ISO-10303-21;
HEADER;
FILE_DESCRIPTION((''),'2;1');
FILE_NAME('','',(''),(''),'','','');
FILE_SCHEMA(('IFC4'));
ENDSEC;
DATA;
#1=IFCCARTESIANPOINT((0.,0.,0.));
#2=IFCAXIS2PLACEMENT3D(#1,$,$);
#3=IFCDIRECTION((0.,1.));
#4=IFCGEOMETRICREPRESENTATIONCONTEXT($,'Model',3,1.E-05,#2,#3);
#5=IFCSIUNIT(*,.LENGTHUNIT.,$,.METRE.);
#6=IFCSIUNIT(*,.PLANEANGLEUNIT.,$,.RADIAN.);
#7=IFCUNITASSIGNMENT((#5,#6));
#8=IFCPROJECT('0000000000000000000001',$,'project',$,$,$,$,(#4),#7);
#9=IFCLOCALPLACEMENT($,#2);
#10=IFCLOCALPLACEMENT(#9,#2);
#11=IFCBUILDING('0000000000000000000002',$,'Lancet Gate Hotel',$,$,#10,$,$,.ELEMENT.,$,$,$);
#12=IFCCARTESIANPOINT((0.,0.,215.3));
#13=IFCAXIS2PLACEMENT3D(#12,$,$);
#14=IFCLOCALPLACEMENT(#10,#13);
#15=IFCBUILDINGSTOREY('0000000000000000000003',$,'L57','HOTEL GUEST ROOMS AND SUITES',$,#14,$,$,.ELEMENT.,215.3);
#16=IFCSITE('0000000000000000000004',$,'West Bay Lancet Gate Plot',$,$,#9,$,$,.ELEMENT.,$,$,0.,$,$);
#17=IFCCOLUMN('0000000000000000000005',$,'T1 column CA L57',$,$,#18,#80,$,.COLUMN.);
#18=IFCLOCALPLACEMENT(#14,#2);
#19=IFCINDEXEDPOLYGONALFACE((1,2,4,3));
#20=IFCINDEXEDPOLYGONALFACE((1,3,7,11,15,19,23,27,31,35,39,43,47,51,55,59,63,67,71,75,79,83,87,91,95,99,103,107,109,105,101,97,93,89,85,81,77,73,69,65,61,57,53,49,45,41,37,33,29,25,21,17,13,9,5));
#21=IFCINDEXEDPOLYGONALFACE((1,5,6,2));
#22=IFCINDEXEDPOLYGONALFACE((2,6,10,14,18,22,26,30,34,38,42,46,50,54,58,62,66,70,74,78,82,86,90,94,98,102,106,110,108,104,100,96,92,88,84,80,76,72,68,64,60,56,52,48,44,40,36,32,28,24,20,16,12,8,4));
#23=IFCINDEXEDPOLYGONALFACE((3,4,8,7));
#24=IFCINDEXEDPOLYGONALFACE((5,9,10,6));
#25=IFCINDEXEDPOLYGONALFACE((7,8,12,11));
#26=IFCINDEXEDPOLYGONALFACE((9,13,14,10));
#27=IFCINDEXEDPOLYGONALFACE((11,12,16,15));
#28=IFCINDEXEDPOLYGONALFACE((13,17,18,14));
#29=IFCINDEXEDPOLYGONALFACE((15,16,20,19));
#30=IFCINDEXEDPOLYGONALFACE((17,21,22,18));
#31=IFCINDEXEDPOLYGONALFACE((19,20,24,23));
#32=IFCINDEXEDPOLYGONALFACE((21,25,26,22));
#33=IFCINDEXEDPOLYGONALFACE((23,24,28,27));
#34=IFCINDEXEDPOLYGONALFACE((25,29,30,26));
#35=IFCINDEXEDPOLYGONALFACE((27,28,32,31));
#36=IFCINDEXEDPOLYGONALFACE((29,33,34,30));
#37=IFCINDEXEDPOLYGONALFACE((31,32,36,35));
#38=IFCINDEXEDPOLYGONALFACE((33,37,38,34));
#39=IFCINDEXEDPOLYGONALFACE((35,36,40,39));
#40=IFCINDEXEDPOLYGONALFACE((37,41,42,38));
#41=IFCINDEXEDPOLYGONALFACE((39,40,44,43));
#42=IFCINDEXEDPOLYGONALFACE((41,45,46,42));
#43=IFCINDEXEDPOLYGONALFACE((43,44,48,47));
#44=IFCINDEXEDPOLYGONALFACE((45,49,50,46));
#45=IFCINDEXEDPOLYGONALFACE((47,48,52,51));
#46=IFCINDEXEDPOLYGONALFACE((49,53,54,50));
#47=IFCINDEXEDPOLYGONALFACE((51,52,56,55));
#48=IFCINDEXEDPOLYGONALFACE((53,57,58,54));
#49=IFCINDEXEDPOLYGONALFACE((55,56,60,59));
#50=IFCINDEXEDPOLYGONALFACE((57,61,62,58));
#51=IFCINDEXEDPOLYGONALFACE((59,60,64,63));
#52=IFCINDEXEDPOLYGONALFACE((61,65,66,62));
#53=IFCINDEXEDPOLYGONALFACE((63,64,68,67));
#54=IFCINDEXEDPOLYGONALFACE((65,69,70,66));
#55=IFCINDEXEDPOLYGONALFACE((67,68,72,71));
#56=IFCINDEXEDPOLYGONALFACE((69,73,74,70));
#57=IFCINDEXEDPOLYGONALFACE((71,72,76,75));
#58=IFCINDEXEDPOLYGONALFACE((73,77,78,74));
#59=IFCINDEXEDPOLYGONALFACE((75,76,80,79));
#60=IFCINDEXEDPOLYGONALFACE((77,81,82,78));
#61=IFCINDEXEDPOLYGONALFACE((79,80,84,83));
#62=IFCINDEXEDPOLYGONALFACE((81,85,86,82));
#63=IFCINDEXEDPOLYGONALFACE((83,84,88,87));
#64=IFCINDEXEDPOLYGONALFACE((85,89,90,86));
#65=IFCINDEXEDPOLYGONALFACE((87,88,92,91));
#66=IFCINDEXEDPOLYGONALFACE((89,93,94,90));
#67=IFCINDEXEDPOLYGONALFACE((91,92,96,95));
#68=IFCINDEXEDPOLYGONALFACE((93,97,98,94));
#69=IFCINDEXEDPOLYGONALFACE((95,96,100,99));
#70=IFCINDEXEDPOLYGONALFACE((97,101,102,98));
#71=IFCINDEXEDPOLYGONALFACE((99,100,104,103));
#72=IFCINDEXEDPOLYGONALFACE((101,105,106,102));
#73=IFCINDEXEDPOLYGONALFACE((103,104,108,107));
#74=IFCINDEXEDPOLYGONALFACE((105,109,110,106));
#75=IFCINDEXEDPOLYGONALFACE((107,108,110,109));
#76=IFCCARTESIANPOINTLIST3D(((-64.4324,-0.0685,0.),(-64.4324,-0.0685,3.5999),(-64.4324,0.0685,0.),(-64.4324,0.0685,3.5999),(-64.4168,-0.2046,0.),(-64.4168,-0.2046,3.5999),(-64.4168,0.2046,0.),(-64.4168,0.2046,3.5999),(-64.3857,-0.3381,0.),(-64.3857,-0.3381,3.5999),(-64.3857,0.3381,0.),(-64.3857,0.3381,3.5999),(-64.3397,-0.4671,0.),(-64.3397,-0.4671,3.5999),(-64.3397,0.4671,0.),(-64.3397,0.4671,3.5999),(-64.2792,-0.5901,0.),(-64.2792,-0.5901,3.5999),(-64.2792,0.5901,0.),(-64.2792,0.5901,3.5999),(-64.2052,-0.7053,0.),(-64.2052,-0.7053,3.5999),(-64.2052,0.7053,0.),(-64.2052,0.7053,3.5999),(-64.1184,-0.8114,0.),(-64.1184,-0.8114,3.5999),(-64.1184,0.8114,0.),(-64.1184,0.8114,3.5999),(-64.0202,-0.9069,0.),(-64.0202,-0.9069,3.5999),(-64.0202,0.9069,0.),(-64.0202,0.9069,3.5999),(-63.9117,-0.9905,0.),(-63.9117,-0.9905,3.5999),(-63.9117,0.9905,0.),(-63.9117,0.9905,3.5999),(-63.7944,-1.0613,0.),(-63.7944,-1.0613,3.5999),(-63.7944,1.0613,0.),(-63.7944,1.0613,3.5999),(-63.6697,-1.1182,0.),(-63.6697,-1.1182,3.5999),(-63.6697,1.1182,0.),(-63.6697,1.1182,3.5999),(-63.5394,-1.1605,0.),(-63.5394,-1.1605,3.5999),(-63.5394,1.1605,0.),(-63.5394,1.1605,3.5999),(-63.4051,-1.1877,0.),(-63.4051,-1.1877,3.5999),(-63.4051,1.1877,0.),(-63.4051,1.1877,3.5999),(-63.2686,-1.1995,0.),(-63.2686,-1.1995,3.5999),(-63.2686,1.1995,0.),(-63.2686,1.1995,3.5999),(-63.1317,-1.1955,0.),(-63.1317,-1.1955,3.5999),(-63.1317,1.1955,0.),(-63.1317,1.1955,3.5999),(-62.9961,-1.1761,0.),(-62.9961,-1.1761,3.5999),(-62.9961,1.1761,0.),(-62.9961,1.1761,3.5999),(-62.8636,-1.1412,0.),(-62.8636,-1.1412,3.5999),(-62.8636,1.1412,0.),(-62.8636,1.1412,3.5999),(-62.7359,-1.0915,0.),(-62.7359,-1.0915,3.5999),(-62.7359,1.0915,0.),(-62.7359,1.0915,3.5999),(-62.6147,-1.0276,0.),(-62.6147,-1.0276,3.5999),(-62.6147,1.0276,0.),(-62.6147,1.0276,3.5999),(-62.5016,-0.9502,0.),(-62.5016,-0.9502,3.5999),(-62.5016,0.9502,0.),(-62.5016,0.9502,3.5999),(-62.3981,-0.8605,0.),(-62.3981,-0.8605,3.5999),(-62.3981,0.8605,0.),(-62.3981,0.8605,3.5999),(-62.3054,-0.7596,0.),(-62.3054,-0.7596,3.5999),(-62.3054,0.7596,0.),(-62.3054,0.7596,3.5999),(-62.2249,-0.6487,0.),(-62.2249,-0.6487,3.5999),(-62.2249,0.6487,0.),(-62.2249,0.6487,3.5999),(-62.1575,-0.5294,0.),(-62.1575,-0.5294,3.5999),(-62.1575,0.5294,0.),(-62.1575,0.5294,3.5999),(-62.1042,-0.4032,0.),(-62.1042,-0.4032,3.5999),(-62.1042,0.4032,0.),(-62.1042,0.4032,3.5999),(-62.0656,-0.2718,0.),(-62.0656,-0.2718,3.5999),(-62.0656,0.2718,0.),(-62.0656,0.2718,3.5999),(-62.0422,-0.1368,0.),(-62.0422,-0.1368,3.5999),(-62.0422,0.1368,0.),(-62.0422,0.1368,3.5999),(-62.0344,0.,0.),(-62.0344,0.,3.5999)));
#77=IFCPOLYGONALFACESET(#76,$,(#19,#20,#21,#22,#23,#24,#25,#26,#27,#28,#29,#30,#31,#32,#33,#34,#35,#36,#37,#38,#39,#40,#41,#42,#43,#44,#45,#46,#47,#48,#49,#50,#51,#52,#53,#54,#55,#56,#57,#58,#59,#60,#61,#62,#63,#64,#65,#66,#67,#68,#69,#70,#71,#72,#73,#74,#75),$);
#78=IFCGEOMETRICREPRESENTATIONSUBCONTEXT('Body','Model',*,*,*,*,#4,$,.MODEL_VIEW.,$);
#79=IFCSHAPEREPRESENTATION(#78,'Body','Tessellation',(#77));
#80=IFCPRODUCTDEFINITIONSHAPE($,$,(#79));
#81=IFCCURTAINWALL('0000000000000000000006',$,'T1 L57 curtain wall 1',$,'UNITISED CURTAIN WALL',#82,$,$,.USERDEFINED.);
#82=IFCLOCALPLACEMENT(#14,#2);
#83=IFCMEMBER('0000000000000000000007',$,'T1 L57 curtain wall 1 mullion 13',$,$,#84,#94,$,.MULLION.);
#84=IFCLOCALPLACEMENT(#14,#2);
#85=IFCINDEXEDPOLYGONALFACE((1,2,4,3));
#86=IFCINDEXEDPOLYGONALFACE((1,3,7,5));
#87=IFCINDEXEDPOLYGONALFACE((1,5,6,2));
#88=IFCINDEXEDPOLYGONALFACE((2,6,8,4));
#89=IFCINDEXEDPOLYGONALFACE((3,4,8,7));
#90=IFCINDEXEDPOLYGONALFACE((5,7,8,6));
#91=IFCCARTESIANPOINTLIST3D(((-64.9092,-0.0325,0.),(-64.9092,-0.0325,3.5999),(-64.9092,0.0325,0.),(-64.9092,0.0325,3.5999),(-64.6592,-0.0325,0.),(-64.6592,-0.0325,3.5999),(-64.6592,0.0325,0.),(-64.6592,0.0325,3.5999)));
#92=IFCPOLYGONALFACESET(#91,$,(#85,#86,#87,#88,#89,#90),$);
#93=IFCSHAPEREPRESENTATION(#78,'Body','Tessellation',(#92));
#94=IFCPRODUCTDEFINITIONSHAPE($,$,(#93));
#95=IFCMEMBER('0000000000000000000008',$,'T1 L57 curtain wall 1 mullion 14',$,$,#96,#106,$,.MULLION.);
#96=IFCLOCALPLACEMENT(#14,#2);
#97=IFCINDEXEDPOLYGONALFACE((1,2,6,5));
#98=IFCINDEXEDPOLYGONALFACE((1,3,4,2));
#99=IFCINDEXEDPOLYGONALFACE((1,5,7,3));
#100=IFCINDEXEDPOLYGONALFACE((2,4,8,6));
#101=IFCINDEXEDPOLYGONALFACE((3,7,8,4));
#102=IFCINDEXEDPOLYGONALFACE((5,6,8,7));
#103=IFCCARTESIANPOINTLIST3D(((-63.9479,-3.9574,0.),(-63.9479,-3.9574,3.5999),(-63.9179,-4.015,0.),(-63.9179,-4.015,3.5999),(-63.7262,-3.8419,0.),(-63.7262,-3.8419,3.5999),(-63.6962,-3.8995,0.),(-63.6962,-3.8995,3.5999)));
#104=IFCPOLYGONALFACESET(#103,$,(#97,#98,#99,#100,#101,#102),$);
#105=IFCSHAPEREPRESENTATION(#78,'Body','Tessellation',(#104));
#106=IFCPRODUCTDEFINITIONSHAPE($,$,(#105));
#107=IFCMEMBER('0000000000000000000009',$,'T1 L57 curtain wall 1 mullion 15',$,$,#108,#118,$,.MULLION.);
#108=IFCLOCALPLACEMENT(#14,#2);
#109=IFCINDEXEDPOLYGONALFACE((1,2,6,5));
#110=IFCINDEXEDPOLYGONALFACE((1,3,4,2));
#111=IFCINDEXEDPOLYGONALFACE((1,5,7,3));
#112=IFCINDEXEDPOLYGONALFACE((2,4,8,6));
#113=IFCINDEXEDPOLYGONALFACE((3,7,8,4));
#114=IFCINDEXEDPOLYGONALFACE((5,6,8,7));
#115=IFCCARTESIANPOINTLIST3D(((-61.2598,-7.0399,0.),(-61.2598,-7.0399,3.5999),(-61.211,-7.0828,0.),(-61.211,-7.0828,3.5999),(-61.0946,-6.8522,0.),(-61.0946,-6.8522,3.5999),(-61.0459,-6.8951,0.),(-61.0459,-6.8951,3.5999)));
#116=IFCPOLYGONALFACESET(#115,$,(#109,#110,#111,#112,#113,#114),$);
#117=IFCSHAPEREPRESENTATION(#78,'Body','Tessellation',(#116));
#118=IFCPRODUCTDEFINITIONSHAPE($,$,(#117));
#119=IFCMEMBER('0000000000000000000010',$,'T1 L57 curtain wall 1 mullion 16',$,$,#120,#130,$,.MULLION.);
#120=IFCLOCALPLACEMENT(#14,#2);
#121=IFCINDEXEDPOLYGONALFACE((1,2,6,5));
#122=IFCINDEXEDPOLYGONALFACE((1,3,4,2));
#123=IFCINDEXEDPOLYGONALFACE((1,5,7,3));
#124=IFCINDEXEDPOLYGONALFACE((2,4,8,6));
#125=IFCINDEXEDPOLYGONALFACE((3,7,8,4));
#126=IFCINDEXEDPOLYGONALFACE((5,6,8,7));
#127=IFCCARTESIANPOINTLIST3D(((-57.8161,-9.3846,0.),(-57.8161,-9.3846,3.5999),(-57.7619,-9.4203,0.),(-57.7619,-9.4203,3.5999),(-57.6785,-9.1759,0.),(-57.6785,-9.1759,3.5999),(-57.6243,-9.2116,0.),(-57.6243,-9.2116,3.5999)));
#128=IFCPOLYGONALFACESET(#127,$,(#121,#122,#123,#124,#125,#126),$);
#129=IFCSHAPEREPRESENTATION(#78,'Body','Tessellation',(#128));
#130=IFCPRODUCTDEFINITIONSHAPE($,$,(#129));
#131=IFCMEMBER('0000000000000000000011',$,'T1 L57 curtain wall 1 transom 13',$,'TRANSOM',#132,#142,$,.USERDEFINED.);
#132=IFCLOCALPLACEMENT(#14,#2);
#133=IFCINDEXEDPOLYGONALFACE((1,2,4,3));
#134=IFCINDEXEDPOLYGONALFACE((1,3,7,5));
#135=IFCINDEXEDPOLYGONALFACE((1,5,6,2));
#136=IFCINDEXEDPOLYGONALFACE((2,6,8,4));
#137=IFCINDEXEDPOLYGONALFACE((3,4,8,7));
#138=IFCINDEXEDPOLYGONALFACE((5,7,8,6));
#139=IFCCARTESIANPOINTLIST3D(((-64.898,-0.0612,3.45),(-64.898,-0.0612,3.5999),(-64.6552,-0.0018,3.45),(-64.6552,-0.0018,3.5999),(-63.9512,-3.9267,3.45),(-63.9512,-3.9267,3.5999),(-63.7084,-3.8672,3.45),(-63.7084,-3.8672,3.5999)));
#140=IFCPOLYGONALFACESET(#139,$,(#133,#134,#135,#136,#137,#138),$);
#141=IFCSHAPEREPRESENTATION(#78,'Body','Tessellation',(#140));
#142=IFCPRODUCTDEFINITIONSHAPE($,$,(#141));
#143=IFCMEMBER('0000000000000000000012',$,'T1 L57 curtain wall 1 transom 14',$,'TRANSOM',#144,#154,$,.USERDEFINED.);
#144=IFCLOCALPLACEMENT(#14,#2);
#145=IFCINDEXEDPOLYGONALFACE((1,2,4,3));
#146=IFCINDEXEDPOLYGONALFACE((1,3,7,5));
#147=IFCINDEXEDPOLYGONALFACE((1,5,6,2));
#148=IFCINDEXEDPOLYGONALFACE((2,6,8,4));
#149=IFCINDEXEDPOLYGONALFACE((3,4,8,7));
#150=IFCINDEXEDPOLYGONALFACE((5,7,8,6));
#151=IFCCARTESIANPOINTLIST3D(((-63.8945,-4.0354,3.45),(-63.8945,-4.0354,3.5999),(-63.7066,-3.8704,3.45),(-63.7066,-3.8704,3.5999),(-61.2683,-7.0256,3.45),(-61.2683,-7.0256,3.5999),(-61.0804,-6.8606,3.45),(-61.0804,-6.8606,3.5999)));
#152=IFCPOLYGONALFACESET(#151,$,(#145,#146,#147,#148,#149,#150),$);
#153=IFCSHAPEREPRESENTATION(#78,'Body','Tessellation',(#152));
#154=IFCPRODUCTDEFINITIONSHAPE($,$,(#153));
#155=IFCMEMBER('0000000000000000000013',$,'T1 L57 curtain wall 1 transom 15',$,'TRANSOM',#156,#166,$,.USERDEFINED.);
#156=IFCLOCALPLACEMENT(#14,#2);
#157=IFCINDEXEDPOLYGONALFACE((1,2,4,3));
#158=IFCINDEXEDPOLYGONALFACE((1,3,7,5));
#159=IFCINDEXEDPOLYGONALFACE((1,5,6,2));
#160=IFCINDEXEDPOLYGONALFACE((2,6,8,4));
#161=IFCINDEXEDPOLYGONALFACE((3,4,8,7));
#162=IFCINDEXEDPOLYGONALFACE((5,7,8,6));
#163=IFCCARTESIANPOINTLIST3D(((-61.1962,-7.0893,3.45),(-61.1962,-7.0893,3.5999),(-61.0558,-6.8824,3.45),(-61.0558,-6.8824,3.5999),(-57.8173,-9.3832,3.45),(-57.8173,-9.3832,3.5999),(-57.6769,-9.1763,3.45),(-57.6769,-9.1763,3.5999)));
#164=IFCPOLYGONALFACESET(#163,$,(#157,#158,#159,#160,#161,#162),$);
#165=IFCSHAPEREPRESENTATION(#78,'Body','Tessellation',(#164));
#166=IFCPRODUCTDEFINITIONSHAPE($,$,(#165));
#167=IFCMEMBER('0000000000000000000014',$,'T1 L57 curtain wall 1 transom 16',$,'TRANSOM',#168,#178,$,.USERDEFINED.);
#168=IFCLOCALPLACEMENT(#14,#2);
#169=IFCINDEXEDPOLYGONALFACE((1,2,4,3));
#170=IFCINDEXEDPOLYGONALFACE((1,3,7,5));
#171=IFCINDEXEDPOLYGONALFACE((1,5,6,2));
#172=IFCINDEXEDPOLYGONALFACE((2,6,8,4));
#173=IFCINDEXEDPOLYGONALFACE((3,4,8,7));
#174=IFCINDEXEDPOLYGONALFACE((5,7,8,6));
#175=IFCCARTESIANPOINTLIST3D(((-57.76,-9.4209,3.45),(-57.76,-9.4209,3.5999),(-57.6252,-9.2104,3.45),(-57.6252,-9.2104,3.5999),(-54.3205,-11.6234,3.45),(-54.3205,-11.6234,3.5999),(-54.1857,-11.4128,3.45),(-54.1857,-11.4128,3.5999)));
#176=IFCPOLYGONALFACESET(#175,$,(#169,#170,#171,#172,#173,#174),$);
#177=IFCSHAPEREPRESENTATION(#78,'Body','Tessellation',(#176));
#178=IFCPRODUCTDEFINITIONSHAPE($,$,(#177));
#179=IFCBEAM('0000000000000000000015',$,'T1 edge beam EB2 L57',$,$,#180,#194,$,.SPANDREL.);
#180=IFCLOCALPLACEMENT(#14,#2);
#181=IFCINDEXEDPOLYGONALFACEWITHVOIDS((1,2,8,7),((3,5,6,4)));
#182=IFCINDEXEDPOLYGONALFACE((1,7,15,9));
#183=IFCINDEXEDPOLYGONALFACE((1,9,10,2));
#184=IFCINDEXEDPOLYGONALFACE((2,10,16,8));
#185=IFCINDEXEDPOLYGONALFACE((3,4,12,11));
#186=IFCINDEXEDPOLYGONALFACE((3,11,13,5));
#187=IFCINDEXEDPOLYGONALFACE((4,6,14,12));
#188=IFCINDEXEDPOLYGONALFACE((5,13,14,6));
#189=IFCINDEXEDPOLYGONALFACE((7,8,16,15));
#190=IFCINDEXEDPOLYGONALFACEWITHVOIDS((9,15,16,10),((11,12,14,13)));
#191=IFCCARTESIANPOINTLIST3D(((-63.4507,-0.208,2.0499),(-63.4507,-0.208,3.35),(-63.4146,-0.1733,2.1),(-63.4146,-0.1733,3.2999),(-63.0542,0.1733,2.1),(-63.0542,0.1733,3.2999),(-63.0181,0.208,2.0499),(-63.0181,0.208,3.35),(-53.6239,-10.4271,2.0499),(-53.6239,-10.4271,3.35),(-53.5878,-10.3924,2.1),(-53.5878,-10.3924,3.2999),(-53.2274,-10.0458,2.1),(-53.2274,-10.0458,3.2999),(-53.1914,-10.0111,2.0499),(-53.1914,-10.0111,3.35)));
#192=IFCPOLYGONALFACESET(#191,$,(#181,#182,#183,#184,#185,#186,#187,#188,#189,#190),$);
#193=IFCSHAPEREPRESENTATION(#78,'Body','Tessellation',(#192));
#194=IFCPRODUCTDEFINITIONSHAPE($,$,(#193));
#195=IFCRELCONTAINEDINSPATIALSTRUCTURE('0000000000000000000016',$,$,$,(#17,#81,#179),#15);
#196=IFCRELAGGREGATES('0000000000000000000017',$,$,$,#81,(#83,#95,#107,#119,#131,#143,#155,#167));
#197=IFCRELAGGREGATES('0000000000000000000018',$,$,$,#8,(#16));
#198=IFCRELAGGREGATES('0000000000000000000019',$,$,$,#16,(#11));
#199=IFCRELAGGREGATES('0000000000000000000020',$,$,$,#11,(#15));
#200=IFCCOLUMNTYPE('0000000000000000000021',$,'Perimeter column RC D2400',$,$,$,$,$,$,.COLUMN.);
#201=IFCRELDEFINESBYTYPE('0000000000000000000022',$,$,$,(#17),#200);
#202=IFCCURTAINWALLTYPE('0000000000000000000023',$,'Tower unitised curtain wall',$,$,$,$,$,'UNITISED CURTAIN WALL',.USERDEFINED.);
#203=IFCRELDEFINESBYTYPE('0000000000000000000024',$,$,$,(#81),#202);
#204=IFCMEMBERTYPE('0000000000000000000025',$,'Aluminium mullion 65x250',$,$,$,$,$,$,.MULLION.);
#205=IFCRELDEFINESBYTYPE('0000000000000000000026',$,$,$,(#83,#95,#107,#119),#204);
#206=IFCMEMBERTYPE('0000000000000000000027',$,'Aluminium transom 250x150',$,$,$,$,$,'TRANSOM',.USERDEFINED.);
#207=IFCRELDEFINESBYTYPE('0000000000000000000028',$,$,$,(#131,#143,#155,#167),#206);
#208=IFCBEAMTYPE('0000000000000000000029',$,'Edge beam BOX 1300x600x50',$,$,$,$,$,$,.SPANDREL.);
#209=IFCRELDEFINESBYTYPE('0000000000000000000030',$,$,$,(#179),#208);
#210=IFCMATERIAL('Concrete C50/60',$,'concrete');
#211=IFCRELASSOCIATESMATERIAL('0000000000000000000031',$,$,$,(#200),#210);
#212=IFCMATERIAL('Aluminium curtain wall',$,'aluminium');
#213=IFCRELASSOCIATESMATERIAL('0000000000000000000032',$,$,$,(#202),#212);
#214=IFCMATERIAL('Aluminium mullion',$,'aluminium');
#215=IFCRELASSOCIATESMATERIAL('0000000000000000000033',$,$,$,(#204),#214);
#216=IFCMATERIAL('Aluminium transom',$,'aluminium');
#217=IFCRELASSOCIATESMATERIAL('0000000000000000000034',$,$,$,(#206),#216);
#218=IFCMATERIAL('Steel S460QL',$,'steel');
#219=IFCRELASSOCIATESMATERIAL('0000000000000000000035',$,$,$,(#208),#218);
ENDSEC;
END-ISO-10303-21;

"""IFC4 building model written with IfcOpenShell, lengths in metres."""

from ifc_helpers import new_model, si_unit, direction, frame, origin, origin_2d, place, context, subcontext, project, spatial, rectangle, hollow_rectangle, circle, extrude, material, material_profile, profile_set, type_object, element, aggregate, save


model = new_model("IFC4")

# Units and contexts
model_context = context("Model", 3, precision=1e-05, world=origin(), true_north=direction((0.0, 1.0)))
body_context = subcontext(model_context, "Body", "Model", "MODEL_VIEW")
ifc_project = project(units=[si_unit("LENGTHUNIT", "METRE"), si_unit("PLANEANGLEUNIT", "RADIAN")], contexts=[model_context])

# Site, building, storey
site_placement = place(None, origin())
site = spatial("IfcSite", under=ifc_project, at=site_placement, Name="West Bay Lancet Gate Plot", CompositionType="ELEMENT", RefElevation=0.0)
building_placement = place(site_placement, origin())
building = spatial("IfcBuilding", under=site, at=building_placement, Name="Lancet Gate Hotel", CompositionType="ELEMENT")
storey_placement = place(building_placement, frame((0.0, 0.0, 215.3)))
storey = spatial("IfcBuildingStorey", under=building, at=storey_placement, Name="L57", Description="HOTEL GUEST ROOMS AND SUITES", CompositionType="ELEMENT", Elevation=215.3)

# Column
ifc_material_1 = material(Name="Concrete C50/60", Category="concrete")
ifc_material_profile_1 = material_profile(ifc_material_1, circle(Radius=1.2, at=origin_2d()), Name="RC D2400")
ifc_profile_set_1 = profile_set([ifc_material_profile_1], Name="Concrete C50/60")
column_type = type_object("IfcColumnType", Name="Perimeter column RC D2400", PredefinedType="COLUMN", material=ifc_profile_set_1)
column_placement = place(storey_placement, frame((-63.2344, 0.0, 0.0), z_axis=(0.0, 0.0, 1.0), x_axis=(1.0, 0.0, 0.0)))
element("IfcColumn", 1, at=column_placement, inside=storey, type_object=column_type, Name="T1 column CA L57", PredefinedType="COLUMN", context=body_context, shape_type="SweptSolid", body=[
    extrude(circle(Radius=1.2, at=origin_2d()), origin(), (0.0, 0.0, 1.0), 3.5999),
])

# Curtain wall, members
ifc_material_2 = material(Name="Aluminium curtain wall", Category="aluminium")
curtain_wall_type = type_object("IfcCurtainWallType", Name="Tower unitised curtain wall", ElementType="UNITISED CURTAIN WALL", PredefinedType="USERDEFINED", material=ifc_material_2)
curtain_wall_placement = place(storey_placement, origin())
curtain_wall = element("IfcCurtainWall", 2, at=curtain_wall_placement, inside=storey, type_object=curtain_wall_type, Name="T1 L57 curtain wall 1", ObjectType="UNITISED CURTAIN WALL", PredefinedType="USERDEFINED")
ifc_material_3 = material(Name="Aluminium mullion", Category="aluminium")
ifc_material_profile_2 = material_profile(ifc_material_3, rectangle(XDim=0.0649, YDim=0.25, at=origin_2d()), Name="MULLION 65x250")
ifc_profile_set_2 = profile_set([ifc_material_profile_2], Name="Aluminium mullion")
member_type_1 = type_object("IfcMemberType", Name="Aluminium mullion 65x250", PredefinedType="MULLION", material=ifc_profile_set_2)
member_1_placement = place(storey_placement, frame((-64.7842, 0.0, 0.0), z_axis=(0.0, 0.0, 1.0), x_axis=(0.0, -1.0, 0.0)))
member_1 = element("IfcMember", 3, at=member_1_placement, type_object=member_type_1, Name="T1 L57 curtain wall 1 mullion 13", PredefinedType="MULLION", context=body_context, shape_type="SweptSolid", body=[
    extrude(rectangle(XDim=0.0649, YDim=0.25, at=origin_2d()), origin(), (0.0, 0.0, 1.0), 3.5999),
])
member_2_placement = place(storey_placement, frame((-63.822, -3.9285, 0.0), z_axis=(0.0, 0.0, 1.0), x_axis=(0.462178, -0.886787, 0.0)))
member_2 = element("IfcMember", 4, at=member_2_placement, type_object=member_type_1, Name="T1 L57 curtain wall 1 mullion 14", PredefinedType="MULLION", context=body_context, shape_type="SweptSolid", body=[
    extrude(rectangle(XDim=0.0649, YDim=0.25, at=origin_2d()), origin(), (0.0, 0.0, 1.0), 3.5999),
])
member_3_placement = place(storey_placement, frame((-61.1528, -6.9675, 0.0), z_axis=(0.0, 0.0, 1.0), x_axis=(0.750716, -0.660626, 0.0)))
member_3 = element("IfcMember", 5, at=member_3_placement, type_object=member_type_1, Name="T1 L57 curtain wall 1 mullion 15", PredefinedType="MULLION", context=body_context, shape_type="SweptSolid", body=[
    extrude(rectangle(XDim=0.0649, YDim=0.25, at=origin_2d()), origin(), (0.0, 0.0, 1.0), 3.5999),
])
member_4_placement = place(storey_placement, frame((-57.7202, -9.2981, 0.0), z_axis=(0.0, 0.0, 1.0), x_axis=(0.834827, -0.550512, 0.0)))
member_4 = element("IfcMember", 6, at=member_4_placement, type_object=member_type_1, Name="T1 L57 curtain wall 1 mullion 16", PredefinedType="MULLION", context=body_context, shape_type="SweptSolid", body=[
    extrude(rectangle(XDim=0.0649, YDim=0.25, at=origin_2d()), origin(), (0.0, 0.0, 1.0), 3.5999),
])
ifc_material_4 = material(Name="Aluminium transom", Category="aluminium")
ifc_material_profile_3 = material_profile(ifc_material_4, rectangle(XDim=0.25, YDim=0.1499, at=origin_2d()), Name="TRANSOM 250x150")
ifc_profile_set_3 = profile_set([ifc_material_profile_3], Name="Aluminium transom")
member_type_2 = type_object("IfcMemberType", Name="Aluminium transom 250x150", ElementType="TRANSOM", PredefinedType="USERDEFINED", material=ifc_profile_set_3)
member_5_placement = place(storey_placement, frame((-64.7766, -0.0315, 3.5249), z_axis=(0.237899, -0.97129, 0.0), x_axis=(0.97129, 0.237899, 0.0)))
member_5 = element("IfcMember", 7, at=member_5_placement, type_object=member_type_2, Name="T1 L57 curtain wall 1 transom 13", ObjectType="TRANSOM", PredefinedType="USERDEFINED", context=body_context, shape_type="SweptSolid", body=[
    extrude(rectangle(XDim=0.25, YDim=0.1499, at=origin_2d()), origin(), (0.0, 0.0, 1.0), 3.9797),
])
member_6_placement = place(storey_placement, frame((-63.8005, -3.9529, 3.5249), z_axis=(0.659893, -0.751359, 0.0), x_axis=(0.751359, 0.659893, 0.0)))
member_6 = element("IfcMember", 8, at=member_6_placement, type_object=member_type_2, Name="T1 L57 curtain wall 1 transom 14", ObjectType="TRANSOM", PredefinedType="USERDEFINED", context=body_context, shape_type="SweptSolid", body=[
    extrude(rectangle(XDim=0.25, YDim=0.1499, at=origin_2d()), origin(), (0.0, 0.0, 1.0), 3.9797),
])
member_7_placement = place(storey_placement, frame((-61.126, -6.9858, 3.5249), z_axis=(0.827349, -0.561689, 0.0), x_axis=(0.561689, 0.827349, 0.0)))
member_7 = element("IfcMember", 9, at=member_7_placement, type_object=member_type_2, Name="T1 L57 curtain wall 1 transom 15", ObjectType="TRANSOM", PredefinedType="USERDEFINED", context=body_context, shape_type="SweptSolid", body=[
    extrude(rectangle(XDim=0.25, YDim=0.1499, at=origin_2d()), origin(), (0.0, 0.0, 1.0), 4.084),
])
member_8_placement = place(storey_placement, frame((-57.6926, -9.3157, 3.5249), z_axis=(0.842144, -0.539252, 0.0), x_axis=(0.539252, 0.842144, 0.0)))
member_8 = element("IfcMember", 10, at=member_8_placement, type_object=member_type_2, Name="T1 L57 curtain wall 1 transom 16", ObjectType="TRANSOM", PredefinedType="USERDEFINED", context=body_context, shape_type="SweptSolid", body=[
    extrude(rectangle(XDim=0.25, YDim=0.1499, at=origin_2d()), origin(), (0.0, 0.0, 1.0), 4.0842),
])

# Beam
ifc_material_5 = material(Name="Steel S460QL", Category="steel")
ifc_material_profile_4 = material_profile(ifc_material_5, hollow_rectangle(XDim=0.6001, YDim=1.3, WallThickness=0.05, at=origin_2d()), Name="BOX 1300x600x50")
ifc_profile_set_4 = profile_set([ifc_material_profile_4], Name="Steel S460QL")
beam_type_1 = type_object("IfcBeamType", Name="Edge beam BOX 1300x600x50", PredefinedType="SPANDREL", material=ifc_profile_set_4)
beam_1_placement = place(storey_placement, frame((-63.2344, 0.0, 2.7), z_axis=(0.693135, -0.720808, 0.0), x_axis=(0.720808, 0.693135, 0.0)))
element("IfcBeam", 11, at=beam_1_placement, inside=storey, type_object=beam_type_1, Name="T1 edge beam EB2 L57", PredefinedType="SPANDREL", context=body_context, shape_type="SweptSolid", body=[
    extrude(hollow_rectangle(XDim=0.6001, YDim=1.3, WallThickness=0.05, at=origin_2d()), origin(), (0.0, 0.0, 1.0), 14.1772),
])

aggregate(curtain_wall, [member_1, member_2, member_3, member_4, member_5, member_6, member_7, member_8])

save(model, "model.ifc")
